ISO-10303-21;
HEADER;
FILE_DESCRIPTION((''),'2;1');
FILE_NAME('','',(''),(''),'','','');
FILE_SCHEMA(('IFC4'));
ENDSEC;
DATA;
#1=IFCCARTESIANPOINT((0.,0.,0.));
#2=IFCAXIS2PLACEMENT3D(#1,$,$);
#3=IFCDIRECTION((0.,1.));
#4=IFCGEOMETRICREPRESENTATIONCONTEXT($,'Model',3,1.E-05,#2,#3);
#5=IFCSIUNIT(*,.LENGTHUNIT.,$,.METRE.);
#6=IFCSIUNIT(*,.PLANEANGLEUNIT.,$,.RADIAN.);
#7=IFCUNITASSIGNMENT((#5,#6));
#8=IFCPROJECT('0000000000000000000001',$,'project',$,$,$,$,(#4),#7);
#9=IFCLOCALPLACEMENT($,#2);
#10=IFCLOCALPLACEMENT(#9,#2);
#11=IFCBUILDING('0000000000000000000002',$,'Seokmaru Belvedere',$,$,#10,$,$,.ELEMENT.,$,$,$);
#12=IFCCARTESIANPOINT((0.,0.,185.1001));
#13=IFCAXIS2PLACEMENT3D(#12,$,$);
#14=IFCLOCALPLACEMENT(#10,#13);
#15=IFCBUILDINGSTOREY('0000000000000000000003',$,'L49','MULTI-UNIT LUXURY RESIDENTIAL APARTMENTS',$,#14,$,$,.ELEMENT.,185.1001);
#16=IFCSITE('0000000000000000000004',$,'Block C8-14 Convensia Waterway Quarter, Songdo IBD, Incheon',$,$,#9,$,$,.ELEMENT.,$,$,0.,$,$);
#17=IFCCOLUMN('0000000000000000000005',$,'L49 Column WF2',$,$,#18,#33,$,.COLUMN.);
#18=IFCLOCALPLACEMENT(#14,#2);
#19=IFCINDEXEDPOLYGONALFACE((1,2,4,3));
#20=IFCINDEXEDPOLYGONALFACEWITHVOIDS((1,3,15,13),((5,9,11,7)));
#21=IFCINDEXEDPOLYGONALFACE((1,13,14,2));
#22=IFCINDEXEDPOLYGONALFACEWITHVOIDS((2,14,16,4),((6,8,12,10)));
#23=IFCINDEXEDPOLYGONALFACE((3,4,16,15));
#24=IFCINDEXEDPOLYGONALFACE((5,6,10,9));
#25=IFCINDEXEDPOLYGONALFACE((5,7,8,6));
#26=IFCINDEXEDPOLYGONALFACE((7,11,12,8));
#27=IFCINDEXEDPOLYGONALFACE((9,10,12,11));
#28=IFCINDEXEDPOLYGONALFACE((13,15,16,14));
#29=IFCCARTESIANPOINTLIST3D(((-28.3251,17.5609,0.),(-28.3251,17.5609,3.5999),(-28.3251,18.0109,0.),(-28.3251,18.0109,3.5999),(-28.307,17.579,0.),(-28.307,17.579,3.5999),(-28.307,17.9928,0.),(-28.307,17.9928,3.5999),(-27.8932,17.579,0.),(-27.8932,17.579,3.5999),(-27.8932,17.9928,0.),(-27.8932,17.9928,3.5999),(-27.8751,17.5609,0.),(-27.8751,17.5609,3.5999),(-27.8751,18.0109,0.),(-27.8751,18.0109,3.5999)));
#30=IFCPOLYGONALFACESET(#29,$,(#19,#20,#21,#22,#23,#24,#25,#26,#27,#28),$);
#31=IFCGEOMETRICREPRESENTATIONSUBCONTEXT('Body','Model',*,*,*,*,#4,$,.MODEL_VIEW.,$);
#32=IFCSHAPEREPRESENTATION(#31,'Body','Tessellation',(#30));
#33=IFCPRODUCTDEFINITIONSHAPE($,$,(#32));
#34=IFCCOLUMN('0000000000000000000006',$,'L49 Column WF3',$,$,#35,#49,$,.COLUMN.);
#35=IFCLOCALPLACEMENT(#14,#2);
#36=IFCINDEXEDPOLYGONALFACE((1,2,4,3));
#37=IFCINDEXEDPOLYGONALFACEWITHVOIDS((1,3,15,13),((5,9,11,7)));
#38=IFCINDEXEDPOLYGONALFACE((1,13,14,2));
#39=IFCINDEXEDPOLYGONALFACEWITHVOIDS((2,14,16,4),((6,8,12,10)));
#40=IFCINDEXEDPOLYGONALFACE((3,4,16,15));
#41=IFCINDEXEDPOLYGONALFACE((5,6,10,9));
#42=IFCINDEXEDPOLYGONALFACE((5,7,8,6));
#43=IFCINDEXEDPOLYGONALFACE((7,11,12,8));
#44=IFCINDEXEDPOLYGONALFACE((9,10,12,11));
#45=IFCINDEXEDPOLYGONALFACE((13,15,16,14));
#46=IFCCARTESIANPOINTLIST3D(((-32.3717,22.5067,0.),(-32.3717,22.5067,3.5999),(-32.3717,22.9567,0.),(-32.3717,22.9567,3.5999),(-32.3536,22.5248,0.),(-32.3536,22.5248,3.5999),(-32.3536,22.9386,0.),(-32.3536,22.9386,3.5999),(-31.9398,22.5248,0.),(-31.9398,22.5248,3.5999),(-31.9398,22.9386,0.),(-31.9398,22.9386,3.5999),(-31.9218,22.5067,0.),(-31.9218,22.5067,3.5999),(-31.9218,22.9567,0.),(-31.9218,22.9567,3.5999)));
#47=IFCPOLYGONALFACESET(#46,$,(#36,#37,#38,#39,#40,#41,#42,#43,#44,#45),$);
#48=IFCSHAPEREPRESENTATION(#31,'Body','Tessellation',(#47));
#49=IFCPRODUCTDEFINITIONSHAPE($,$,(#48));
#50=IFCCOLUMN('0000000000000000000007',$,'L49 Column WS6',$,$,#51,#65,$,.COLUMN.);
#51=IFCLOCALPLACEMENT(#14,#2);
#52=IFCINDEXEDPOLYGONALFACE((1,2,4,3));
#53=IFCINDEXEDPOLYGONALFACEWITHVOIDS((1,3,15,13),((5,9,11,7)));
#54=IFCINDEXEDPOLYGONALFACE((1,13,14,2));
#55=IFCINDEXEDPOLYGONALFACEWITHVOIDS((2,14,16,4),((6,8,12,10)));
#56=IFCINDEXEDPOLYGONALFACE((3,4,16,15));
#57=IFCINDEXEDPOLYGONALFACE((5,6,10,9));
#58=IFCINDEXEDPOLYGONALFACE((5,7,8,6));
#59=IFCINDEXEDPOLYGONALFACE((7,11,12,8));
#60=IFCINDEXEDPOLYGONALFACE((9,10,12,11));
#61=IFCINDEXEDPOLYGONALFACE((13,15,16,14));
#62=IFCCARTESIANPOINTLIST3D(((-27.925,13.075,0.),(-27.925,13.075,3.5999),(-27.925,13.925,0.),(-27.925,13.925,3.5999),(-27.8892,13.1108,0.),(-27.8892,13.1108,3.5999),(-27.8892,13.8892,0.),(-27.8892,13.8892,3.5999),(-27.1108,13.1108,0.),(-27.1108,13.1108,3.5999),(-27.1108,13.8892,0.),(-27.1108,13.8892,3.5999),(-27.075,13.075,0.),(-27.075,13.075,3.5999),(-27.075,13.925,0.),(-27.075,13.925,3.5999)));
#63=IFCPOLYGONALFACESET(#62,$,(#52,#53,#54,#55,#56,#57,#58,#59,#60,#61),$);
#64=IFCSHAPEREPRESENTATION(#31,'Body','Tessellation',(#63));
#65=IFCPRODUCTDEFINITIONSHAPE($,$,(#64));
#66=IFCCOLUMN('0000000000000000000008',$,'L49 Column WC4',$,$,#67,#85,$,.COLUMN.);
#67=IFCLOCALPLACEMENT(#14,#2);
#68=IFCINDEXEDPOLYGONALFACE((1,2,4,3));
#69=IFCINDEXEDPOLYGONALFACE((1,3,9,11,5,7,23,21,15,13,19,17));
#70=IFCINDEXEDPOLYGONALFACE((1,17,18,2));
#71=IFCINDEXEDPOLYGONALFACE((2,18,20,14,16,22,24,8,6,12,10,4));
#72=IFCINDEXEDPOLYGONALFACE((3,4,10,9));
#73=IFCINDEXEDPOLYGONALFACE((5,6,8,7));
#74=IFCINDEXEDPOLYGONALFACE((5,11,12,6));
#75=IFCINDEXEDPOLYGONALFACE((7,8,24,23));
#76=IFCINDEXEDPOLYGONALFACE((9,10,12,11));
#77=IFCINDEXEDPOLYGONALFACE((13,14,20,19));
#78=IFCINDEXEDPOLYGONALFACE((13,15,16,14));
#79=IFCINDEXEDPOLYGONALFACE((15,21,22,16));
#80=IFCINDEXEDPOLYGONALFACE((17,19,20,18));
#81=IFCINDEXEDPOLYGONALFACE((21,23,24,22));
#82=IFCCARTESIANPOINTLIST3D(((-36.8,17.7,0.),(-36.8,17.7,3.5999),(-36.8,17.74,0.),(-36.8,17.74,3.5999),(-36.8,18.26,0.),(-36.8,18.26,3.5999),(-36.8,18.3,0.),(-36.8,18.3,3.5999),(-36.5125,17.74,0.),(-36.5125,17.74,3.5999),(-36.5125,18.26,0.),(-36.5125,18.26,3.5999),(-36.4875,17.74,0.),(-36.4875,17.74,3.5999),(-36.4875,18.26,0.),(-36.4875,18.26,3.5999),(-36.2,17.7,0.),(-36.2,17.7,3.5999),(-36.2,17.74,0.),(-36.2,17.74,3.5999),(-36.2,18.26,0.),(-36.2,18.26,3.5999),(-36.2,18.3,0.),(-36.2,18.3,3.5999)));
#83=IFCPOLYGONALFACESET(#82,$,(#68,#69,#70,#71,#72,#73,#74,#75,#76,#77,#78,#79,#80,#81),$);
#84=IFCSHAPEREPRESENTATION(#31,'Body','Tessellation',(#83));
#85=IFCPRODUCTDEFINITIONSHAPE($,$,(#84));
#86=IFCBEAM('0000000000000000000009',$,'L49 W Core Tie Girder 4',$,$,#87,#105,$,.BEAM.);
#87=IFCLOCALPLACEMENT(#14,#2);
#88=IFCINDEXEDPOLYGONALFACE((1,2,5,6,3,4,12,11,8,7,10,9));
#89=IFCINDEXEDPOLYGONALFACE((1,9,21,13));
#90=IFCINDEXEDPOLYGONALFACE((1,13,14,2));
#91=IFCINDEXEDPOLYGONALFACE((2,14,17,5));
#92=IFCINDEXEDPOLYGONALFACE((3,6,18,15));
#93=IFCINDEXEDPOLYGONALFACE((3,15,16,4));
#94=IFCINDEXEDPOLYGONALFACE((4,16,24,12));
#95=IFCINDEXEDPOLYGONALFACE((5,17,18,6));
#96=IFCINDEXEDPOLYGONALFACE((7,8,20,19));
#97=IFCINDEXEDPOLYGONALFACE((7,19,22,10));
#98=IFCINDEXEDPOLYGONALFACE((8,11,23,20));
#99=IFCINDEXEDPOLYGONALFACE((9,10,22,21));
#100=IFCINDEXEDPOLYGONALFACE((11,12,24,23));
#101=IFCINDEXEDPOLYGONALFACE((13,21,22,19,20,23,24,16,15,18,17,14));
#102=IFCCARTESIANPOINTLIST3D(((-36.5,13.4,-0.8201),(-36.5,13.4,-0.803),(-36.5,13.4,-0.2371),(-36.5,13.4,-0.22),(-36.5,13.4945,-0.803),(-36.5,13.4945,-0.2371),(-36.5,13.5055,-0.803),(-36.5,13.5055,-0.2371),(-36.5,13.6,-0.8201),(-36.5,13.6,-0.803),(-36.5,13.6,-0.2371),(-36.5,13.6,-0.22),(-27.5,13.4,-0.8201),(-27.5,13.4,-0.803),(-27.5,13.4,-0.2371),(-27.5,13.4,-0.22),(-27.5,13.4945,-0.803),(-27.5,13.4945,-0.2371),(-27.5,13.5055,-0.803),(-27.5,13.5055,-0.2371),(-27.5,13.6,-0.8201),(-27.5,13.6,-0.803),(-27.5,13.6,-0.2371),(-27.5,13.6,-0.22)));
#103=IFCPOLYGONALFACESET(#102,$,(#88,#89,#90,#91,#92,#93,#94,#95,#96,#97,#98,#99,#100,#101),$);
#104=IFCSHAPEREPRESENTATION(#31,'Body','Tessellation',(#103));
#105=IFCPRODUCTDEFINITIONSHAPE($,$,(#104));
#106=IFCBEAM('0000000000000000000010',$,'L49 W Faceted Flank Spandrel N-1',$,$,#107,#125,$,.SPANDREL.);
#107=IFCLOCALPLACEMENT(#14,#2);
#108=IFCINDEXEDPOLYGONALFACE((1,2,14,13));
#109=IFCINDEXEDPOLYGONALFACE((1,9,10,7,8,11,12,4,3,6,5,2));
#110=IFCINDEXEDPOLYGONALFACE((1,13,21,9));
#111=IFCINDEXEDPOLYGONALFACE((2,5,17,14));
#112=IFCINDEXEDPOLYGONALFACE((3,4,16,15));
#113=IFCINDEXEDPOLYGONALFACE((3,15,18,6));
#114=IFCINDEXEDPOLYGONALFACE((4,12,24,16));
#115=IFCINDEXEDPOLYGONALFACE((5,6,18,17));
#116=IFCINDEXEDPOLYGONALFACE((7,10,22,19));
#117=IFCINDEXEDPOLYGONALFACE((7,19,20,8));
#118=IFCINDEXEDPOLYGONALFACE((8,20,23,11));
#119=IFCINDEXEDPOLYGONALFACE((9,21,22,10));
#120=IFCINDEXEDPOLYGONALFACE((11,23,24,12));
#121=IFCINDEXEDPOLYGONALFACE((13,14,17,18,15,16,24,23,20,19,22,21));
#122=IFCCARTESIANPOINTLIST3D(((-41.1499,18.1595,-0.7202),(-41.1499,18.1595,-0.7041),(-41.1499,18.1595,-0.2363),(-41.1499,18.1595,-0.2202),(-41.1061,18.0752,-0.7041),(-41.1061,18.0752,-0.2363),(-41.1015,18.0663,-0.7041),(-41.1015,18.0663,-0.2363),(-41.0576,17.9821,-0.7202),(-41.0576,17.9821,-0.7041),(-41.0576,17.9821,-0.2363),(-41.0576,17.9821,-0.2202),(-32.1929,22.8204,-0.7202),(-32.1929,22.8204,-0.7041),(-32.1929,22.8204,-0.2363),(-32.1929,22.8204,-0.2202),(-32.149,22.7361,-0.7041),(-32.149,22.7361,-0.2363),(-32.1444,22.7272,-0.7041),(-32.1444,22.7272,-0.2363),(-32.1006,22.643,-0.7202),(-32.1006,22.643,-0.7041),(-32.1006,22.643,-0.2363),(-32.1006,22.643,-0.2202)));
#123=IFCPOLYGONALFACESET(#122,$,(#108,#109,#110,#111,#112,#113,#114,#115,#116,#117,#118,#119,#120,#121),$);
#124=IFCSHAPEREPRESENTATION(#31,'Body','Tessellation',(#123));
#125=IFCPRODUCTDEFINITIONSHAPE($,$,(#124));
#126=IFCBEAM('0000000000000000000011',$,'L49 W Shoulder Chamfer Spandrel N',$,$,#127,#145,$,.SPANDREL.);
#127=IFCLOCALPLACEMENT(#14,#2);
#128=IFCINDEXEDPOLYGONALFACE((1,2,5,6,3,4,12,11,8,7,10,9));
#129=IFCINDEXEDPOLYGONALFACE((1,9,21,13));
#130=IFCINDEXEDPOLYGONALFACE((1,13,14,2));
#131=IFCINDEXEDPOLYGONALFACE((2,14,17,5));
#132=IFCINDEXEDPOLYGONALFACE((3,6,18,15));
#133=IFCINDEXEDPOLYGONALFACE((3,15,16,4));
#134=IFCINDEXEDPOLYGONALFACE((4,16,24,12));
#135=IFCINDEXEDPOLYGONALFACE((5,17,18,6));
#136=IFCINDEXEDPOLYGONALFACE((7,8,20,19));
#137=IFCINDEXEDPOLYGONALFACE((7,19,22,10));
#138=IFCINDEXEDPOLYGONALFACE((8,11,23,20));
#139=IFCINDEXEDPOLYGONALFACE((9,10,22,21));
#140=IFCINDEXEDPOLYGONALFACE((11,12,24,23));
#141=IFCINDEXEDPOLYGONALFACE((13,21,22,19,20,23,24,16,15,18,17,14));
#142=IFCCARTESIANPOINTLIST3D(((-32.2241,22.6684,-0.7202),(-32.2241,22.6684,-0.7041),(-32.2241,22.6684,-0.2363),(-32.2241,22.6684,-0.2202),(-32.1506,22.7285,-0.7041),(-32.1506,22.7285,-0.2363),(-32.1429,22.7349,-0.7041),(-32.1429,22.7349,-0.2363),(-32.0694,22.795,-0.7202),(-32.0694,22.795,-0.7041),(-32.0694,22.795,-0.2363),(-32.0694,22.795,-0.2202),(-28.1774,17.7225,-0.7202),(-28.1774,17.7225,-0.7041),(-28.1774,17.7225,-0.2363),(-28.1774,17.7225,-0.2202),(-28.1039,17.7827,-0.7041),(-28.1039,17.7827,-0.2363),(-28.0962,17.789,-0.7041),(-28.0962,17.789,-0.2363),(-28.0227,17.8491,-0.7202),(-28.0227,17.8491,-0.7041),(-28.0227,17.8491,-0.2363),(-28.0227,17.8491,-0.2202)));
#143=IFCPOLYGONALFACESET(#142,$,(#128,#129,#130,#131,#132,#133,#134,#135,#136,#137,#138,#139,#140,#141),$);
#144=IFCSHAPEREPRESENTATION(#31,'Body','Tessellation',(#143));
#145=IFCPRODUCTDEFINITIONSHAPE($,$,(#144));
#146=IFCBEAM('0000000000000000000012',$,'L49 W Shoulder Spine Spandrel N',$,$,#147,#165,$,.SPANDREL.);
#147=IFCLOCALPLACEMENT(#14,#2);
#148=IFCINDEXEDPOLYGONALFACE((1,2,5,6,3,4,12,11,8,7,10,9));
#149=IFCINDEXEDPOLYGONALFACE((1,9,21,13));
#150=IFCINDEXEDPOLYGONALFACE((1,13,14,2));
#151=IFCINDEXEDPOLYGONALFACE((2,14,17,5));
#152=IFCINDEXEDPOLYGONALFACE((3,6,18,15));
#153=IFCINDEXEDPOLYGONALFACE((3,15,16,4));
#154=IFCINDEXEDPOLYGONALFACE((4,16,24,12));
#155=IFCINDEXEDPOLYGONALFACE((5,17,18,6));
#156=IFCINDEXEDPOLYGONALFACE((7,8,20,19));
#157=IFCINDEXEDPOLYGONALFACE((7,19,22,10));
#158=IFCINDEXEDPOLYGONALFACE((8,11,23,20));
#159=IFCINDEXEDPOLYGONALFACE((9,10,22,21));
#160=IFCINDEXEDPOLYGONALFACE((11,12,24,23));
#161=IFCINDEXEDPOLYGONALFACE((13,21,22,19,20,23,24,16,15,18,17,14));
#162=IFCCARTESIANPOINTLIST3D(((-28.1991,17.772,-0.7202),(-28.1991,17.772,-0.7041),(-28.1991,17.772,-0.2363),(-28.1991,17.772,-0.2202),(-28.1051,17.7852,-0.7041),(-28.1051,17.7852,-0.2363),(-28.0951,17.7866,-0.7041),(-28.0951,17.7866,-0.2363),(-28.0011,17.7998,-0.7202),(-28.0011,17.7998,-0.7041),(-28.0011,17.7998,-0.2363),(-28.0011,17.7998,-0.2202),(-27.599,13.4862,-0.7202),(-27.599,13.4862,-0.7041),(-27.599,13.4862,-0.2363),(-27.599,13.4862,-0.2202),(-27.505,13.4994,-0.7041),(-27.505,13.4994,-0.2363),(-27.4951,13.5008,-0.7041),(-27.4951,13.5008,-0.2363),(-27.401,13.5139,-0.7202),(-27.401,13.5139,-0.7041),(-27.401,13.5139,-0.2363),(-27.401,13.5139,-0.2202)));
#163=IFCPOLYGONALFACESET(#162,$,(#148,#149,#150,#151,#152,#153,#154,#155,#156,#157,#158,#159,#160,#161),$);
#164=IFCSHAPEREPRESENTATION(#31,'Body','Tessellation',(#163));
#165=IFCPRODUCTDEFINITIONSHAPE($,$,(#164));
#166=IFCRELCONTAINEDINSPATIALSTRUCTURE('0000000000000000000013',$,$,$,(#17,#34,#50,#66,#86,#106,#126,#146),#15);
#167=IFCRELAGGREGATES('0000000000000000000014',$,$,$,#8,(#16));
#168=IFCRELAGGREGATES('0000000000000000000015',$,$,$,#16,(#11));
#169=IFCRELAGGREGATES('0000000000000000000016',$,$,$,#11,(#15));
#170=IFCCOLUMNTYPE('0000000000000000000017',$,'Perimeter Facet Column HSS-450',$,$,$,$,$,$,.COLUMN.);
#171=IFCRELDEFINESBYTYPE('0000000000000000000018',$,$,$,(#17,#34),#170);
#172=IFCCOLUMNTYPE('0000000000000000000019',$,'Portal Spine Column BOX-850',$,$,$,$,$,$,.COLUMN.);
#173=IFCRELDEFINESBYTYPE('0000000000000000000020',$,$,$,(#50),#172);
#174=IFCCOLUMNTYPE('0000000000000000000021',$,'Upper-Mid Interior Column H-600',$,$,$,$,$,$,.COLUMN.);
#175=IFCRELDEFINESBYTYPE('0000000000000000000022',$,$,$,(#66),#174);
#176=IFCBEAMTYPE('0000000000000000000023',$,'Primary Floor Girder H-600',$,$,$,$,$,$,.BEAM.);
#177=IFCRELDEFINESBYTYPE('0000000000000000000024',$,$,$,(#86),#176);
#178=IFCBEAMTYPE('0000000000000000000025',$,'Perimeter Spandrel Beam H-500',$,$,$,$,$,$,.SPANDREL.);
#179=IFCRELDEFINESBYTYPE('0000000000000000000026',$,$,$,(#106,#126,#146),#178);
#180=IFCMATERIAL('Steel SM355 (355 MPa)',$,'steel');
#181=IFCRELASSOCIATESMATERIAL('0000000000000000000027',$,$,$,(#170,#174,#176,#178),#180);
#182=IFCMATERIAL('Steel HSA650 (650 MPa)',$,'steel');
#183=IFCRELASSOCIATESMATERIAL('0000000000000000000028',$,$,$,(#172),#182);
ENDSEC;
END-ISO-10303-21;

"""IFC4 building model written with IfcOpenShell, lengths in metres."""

from ifc_helpers import new_model, si_unit, direction, frame, origin, origin_2d, place, context, subcontext, project, spatial, hollow_rectangle, i_section, extrude, source, transform, mapped, material, material_profile, profile_set, type_object, type_shapes, element, save


model = new_model("IFC4")

# Units and contexts
model_context = context("Model", 3, precision=1e-05, world=origin(), true_north=direction((0.0, 1.0)))
body_context = subcontext(model_context, "Body", "Model", "MODEL_VIEW")
ifc_project = project(units=[si_unit("LENGTHUNIT", "METRE"), si_unit("PLANEANGLEUNIT", "RADIAN")], contexts=[model_context])

# Site, building, storey
site_placement = place(None, origin())
site = spatial("IfcSite", under=ifc_project, at=site_placement, Name="Block C8-14 Convensia Waterway Quarter, Songdo IBD, Incheon", CompositionType="ELEMENT", RefElevation=0.0)
building_placement = place(site_placement, origin())
building = spatial("IfcBuilding", under=site, at=building_placement, Name="Seokmaru Belvedere", CompositionType="ELEMENT")
storey_placement = place(building_placement, frame((0.0, 0.0, 185.1001)))
storey = spatial("IfcBuildingStorey", under=building, at=storey_placement, Name="L49", Description="MULTI-UNIT LUXURY RESIDENTIAL APARTMENTS", CompositionType="ELEMENT", Elevation=185.1001)

# Columns
ifc_material_1 = material(Name="Steel SM355 (355 MPa)", Category="steel")
ifc_material_profile_1 = material_profile(ifc_material_1, hollow_rectangle(XDim=0.45, YDim=0.45, WallThickness=0.0181, at=origin_2d()), Name="HSS-450x450x18")
ifc_profile_set_1 = profile_set([ifc_material_profile_1], Name="Steel SM355 (355 MPa)")
column_type_1 = type_object("IfcColumnType", Name="Perimeter Facet Column HSS-450", PredefinedType="COLUMN", material=ifc_profile_set_1)
shared_shape_1 = source(origin(), body_context, "Body", "SweptSolid", [
    extrude(hollow_rectangle(XDim=0.45, YDim=0.45, WallThickness=0.0181, at=origin_2d()), origin(), (0.0, 0.0, 1.0), 3.5999),
])
type_shapes(column_type_1, [shared_shape_1])
for number, where, z_axis, x_axis, name in (
    (1, (-28.1001, 17.7859, 0.0), (0.0, 0.0, 1.0), (1.0, 0.0, 0.0), "L49 Column WF2"),
    (2, (-32.1467, 22.7317, 0.0), (0.0, 0.0, 1.0), (1.0, 0.0, 0.0), "L49 Column WF3"),
):
    element("IfcColumn", number, at=place(storey_placement, frame(where, z_axis=z_axis, x_axis=x_axis)), inside=storey, type_object=column_type_1, Name=name, PredefinedType="COLUMN", context=body_context, shape_type="MappedRepresentation", body=[
        mapped(shared_shape_1, transform((0.0, 0.0, 0.0), scale=1.0)),
    ])
ifc_material_2 = material(Name="Steel HSA650 (650 MPa)", Category="steel")
ifc_material_profile_2 = material_profile(ifc_material_2, hollow_rectangle(XDim=0.8501, YDim=0.8501, WallThickness=0.0359, at=origin_2d()), Name="BOX-850x850x36")
ifc_profile_set_2 = profile_set([ifc_material_profile_2], Name="Steel HSA650 (650 MPa)")
column_type_2 = type_object("IfcColumnType", Name="Portal Spine Column BOX-850", PredefinedType="COLUMN", material=ifc_profile_set_2)
shared_shape_2 = source(origin(), body_context, "Body", "SweptSolid", [
    extrude(hollow_rectangle(XDim=0.8501, YDim=0.8501, WallThickness=0.0359, at=origin_2d()), origin(), (0.0, 0.0, 1.0), 3.5999),
])
type_shapes(column_type_2, [shared_shape_2])
column_1_placement = place(storey_placement, frame((-27.5, 13.5, 0.0), z_axis=(0.0, 0.0, 1.0), x_axis=(1.0, 0.0, 0.0)))
element("IfcColumn", 3, at=column_1_placement, inside=storey, type_object=column_type_2, Name="L49 Column WS6", PredefinedType="COLUMN", context=body_context, shape_type="MappedRepresentation", body=[
    mapped(shared_shape_2, transform((0.0, 0.0, 0.0), scale=1.0)),
])
ifc_material_profile_3 = material_profile(ifc_material_1, i_section(OverallWidth=0.6001, OverallDepth=0.6001, WebThickness=0.0249, FlangeThickness=0.04, at=origin_2d()), Name="H-600x600x25x40")
ifc_profile_set_3 = profile_set([ifc_material_profile_3], Name="Steel SM355 (355 MPa)")
column_type_3 = type_object("IfcColumnType", Name="Upper-Mid Interior Column H-600", PredefinedType="COLUMN", material=ifc_profile_set_3)
shared_shape_3 = source(origin(), body_context, "Body", "SweptSolid", [
    extrude(i_section(OverallWidth=0.6001, OverallDepth=0.6001, WebThickness=0.0249, FlangeThickness=0.04, at=origin_2d()), origin(), (0.0, 0.0, 1.0), 3.5999),
])
type_shapes(column_type_3, [shared_shape_3])
column_2_placement = place(storey_placement, frame((-36.5, 18.0, 0.0), z_axis=(0.0, 0.0, 1.0), x_axis=(1.0, 0.0, 0.0)))
element("IfcColumn", 4, at=column_2_placement, inside=storey, type_object=column_type_3, Name="L49 Column WC4", PredefinedType="COLUMN", context=body_context, shape_type="MappedRepresentation", body=[
    mapped(shared_shape_3, transform((0.0, 0.0, 0.0), scale=1.0)),
])

# Beams
ifc_material_profile_4 = material_profile(ifc_material_1, i_section(OverallWidth=0.2, OverallDepth=0.6001, WebThickness=0.011, FlangeThickness=0.0171, at=origin_2d()), Name="H-600x200x11x17")
ifc_profile_set_4 = profile_set([ifc_material_profile_4], Name="Steel SM355 (355 MPa)")
beam_type_1 = type_object("IfcBeamType", Name="Primary Floor Girder H-600", PredefinedType="BEAM", material=ifc_profile_set_4)
shared_shape_4 = source(origin(), body_context, "Body", "SweptSolid", [
    extrude(i_section(OverallWidth=0.2, OverallDepth=0.6001, WebThickness=0.011, FlangeThickness=0.0171, at=origin_2d()), origin(), (0.0, 0.0, 1.0), 9.0),
])
type_shapes(beam_type_1, [shared_shape_4])
beam_1_placement = place(storey_placement, frame((-36.5, 13.5, -0.52), z_axis=(1.0, 0.0, 0.0), x_axis=(0.0, 1.0, 0.0)))
element("IfcBeam", 5, at=beam_1_placement, inside=storey, type_object=beam_type_1, Name="L49 W Core Tie Girder 4", PredefinedType="BEAM", context=body_context, shape_type="MappedRepresentation", body=[
    mapped(shared_shape_4, transform((0.0, 0.0, 0.0), scale=1.0)),
])
ifc_material_profile_5 = material_profile(ifc_material_1, i_section(OverallWidth=0.2, OverallDepth=0.5, WebThickness=0.01, FlangeThickness=0.0161, at=origin_2d()), Name="H-500x200x10x16")
ifc_profile_set_5 = profile_set([ifc_material_profile_5], Name="Steel SM355 (355 MPa)")
beam_type_2 = type_object("IfcBeamType", Name="Perimeter Spandrel Beam H-500", PredefinedType="SPANDREL", material=ifc_profile_set_5)
shared_shape_5 = source(origin(), body_context, "Body", "SweptSolid", [
    extrude(i_section(OverallWidth=0.2, OverallDepth=0.5, WebThickness=0.01, FlangeThickness=0.0161, at=origin_2d()), origin(), (0.0, 0.0, 1.0), 10.0972),
])
beam_2_placement = place(storey_placement, frame((-32.1467, 22.7317, -0.4702), z_axis=(-0.887086, -0.461605, 0.0), x_axis=(0.461605, -0.887086, 0.0)))
element("IfcBeam", 6, at=beam_2_placement, inside=storey, type_object=beam_type_2, Name="L49 W Faceted Flank Spandrel N-1", PredefinedType="SPANDREL", context=body_context, shape_type="MappedRepresentation", body=[
    mapped(shared_shape_5, transform((0.0, 0.0, 0.0), scale=1.0)),
])
shared_shape_6 = source(origin(), body_context, "Body", "SweptSolid", [
    extrude(i_section(OverallWidth=0.2, OverallDepth=0.5, WebThickness=0.01, FlangeThickness=0.0161, at=origin_2d()), origin(), (0.0, 0.0, 1.0), 6.3904),
])
beam_3_placement = place(storey_placement, frame((-32.1467, 22.7317, -0.4702), z_axis=(0.633244, -0.773952, 0.0), x_axis=(0.773952, 0.633244, 0.0)))
element("IfcBeam", 7, at=beam_3_placement, inside=storey, type_object=beam_type_2, Name="L49 W Shoulder Chamfer Spandrel N", PredefinedType="SPANDREL", context=body_context, shape_type="MappedRepresentation", body=[
    mapped(shared_shape_6, transform((0.0, 0.0, 0.0), scale=1.0)),
])
shared_shape_7 = source(origin(), body_context, "Body", "SweptSolid", [
    extrude(i_section(OverallWidth=0.2, OverallDepth=0.5, WebThickness=0.01, FlangeThickness=0.0161, at=origin_2d()), origin(), (0.0, 0.0, 1.0), 4.3276),
])
type_shapes(beam_type_2, [shared_shape_5, shared_shape_6, shared_shape_7])
beam_4_placement = place(storey_placement, frame((-28.1001, 17.7859, -0.4702), z_axis=(0.138664, -0.990339, 0.0), x_axis=(0.990339, 0.138664, 0.0)))
element("IfcBeam", 8, at=beam_4_placement, inside=storey, type_object=beam_type_2, Name="L49 W Shoulder Spine Spandrel N", PredefinedType="SPANDREL", context=body_context, shape_type="MappedRepresentation", body=[
    mapped(shared_shape_7, transform((0.0, 0.0, 0.0), scale=1.0)),
])

save(model, "model.ifc")
